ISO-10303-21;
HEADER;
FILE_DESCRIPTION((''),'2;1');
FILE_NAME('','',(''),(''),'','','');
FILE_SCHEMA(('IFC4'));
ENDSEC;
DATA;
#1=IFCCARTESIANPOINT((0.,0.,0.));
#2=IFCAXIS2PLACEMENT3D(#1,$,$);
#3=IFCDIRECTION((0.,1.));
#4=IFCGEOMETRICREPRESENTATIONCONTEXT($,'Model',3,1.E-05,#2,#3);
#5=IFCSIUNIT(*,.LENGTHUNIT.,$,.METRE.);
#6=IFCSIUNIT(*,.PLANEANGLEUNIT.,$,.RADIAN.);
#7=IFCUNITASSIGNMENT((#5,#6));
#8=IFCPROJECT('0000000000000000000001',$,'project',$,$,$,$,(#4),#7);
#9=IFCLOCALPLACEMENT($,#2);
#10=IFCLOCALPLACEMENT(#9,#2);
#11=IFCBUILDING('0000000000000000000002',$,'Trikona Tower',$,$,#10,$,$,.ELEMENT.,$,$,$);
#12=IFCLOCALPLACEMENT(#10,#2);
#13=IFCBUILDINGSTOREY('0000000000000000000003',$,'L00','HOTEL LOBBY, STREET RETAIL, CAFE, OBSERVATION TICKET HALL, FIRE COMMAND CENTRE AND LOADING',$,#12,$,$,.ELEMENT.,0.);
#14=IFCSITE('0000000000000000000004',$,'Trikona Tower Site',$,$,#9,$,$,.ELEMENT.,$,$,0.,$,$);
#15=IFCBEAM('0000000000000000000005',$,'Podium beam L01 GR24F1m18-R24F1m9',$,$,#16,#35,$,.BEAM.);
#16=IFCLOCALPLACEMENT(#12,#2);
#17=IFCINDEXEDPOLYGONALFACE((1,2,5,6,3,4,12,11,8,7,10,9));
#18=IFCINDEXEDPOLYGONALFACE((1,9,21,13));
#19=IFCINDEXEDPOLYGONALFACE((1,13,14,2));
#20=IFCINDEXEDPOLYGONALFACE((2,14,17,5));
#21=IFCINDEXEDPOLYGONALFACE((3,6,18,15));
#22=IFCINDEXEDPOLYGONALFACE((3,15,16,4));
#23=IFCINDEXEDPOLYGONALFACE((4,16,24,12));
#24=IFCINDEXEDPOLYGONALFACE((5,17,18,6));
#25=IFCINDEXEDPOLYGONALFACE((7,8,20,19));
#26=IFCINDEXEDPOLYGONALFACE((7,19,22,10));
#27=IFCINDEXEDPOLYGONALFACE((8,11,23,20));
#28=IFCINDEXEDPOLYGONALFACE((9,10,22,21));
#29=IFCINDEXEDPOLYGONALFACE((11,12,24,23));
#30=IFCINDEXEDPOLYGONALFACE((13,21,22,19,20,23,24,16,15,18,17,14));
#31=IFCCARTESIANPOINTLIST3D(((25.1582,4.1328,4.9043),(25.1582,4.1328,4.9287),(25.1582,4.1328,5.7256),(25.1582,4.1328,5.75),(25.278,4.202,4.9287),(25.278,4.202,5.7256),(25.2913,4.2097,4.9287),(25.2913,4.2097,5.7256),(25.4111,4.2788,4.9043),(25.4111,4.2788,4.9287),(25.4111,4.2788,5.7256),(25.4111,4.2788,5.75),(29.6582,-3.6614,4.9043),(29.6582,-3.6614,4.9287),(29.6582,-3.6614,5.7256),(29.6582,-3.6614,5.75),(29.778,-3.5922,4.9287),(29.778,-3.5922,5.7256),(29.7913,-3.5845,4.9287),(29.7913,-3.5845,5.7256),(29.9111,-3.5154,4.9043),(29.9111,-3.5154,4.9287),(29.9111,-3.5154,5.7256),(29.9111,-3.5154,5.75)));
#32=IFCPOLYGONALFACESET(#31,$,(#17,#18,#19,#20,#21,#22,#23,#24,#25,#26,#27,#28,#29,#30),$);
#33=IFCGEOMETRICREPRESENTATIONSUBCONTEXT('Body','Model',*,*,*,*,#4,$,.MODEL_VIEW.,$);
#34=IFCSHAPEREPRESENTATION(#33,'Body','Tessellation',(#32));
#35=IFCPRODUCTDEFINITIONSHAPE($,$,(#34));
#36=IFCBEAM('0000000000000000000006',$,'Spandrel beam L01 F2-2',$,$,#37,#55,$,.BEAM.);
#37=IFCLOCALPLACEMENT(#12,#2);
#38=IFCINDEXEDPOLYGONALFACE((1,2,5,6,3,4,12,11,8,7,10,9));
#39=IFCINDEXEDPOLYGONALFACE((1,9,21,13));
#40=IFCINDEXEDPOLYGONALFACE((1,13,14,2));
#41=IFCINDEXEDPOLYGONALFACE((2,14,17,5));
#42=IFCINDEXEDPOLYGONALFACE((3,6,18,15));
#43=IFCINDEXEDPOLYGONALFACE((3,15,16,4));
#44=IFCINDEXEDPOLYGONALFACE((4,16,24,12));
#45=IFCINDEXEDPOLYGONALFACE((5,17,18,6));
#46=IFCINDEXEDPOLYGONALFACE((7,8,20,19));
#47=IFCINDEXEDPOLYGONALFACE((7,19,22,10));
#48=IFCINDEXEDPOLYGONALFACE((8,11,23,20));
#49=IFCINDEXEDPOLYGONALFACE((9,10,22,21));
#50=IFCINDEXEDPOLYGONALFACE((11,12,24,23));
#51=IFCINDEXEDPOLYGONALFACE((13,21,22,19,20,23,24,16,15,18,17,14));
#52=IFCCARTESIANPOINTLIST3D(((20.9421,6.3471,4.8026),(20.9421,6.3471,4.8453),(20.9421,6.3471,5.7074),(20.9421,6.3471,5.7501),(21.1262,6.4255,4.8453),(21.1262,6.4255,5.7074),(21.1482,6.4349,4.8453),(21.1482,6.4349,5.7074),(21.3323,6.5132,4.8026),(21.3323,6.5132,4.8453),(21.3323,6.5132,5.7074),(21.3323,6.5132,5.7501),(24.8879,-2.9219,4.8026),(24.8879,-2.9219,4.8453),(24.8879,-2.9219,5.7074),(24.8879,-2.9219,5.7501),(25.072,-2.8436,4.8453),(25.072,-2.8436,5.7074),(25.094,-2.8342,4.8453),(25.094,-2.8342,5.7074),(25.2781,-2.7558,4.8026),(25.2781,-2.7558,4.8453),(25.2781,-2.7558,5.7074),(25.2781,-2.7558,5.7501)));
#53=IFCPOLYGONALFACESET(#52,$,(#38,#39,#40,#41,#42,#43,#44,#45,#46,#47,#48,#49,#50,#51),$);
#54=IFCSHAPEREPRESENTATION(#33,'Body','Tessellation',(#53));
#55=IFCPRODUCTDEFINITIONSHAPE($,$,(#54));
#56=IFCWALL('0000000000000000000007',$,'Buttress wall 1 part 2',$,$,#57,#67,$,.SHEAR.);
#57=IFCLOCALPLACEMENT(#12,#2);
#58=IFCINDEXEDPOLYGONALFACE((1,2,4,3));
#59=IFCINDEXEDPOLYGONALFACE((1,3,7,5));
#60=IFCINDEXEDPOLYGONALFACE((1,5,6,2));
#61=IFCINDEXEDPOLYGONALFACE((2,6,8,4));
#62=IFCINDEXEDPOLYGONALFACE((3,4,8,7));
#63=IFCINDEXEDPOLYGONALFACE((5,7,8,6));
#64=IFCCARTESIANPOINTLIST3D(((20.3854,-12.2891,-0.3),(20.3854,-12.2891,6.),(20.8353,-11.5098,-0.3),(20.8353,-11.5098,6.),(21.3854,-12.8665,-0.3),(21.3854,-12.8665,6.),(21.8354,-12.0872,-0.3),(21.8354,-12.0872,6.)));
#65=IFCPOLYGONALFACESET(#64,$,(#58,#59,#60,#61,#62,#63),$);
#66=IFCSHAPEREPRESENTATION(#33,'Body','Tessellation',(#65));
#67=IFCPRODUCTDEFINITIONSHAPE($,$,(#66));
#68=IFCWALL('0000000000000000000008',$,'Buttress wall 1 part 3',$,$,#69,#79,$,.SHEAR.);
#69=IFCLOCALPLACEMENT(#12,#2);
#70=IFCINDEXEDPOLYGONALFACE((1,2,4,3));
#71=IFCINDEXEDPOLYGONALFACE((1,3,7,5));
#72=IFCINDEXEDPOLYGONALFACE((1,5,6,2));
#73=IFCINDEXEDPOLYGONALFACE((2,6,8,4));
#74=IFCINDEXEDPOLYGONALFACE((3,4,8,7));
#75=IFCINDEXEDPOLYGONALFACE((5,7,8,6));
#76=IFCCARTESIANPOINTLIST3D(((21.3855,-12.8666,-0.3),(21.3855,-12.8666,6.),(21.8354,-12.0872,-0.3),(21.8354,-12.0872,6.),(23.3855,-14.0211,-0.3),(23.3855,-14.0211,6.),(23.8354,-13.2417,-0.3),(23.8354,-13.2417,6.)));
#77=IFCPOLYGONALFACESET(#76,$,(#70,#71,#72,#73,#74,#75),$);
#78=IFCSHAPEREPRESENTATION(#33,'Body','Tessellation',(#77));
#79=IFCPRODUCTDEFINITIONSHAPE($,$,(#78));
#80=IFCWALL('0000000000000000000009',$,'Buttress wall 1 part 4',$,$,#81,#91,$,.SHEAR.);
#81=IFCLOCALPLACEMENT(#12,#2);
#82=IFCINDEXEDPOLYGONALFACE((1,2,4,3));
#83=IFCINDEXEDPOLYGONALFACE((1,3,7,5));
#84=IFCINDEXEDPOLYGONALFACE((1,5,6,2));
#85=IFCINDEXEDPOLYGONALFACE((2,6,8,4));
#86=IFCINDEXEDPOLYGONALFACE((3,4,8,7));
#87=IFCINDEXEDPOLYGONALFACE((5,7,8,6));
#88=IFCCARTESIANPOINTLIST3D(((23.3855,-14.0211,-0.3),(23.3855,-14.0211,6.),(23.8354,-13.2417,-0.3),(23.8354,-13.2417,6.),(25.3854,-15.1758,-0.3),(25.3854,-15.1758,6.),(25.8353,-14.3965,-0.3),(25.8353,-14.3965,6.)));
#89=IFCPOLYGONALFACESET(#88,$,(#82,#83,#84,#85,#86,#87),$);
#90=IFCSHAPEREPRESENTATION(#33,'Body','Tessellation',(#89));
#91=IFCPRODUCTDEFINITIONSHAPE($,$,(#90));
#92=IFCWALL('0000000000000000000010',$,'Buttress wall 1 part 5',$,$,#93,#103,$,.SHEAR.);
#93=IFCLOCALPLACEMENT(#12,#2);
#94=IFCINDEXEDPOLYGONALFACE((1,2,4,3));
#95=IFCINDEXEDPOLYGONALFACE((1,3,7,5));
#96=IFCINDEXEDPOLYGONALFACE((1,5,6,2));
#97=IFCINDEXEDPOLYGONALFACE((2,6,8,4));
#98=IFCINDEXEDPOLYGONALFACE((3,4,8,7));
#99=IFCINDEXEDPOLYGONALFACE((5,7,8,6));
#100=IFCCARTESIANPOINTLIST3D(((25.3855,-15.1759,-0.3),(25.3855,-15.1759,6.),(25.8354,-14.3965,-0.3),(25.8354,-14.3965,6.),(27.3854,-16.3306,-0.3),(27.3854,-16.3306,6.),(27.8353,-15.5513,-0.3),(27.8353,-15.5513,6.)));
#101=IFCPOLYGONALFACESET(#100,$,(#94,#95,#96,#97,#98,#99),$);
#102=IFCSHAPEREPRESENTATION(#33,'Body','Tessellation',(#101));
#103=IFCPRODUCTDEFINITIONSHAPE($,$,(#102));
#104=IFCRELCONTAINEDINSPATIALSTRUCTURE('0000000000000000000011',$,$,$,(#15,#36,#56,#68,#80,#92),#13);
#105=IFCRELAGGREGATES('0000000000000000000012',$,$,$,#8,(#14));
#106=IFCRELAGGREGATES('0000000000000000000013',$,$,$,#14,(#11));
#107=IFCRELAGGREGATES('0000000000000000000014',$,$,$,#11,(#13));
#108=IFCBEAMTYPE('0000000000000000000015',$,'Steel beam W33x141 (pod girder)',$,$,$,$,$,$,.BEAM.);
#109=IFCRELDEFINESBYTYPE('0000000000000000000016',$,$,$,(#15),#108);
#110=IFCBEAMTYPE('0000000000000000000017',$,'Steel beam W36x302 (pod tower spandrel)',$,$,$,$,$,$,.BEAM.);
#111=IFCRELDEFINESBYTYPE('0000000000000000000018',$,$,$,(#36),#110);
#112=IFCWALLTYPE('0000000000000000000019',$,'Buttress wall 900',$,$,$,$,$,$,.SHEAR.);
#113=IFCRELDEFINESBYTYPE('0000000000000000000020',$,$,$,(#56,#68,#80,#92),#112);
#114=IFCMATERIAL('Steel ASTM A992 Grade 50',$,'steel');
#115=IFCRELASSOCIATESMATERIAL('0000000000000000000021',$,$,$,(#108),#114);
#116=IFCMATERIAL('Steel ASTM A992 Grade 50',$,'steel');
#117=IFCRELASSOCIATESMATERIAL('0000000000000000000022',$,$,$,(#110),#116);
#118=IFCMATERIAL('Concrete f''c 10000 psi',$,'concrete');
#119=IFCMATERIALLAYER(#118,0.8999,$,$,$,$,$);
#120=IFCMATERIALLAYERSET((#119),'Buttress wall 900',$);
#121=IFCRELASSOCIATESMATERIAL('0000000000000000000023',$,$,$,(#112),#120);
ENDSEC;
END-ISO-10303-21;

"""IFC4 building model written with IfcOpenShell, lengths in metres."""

from ifc_helpers import new_model, si_unit, direction, frame, frame_2d, origin, origin_2d, place, context, subcontext, project, spatial, rectangle, i_section, extrude, material, layer, layer_set, material_profile, profile_set, type_object, element, save


model = new_model("IFC4")

# Units and contexts
model_context = context("Model", 3, precision=1e-05, world=origin(), true_north=direction((0.0, 1.0)))
body_context = subcontext(model_context, "Body", "Model", "MODEL_VIEW")
ifc_project = project(units=[si_unit("LENGTHUNIT", "METRE"), si_unit("PLANEANGLEUNIT", "RADIAN")], contexts=[model_context])

# Site, building, storey
site_placement = place(None, origin())
site = spatial("IfcSite", under=ifc_project, at=site_placement, Name="Trikona Tower Site", CompositionType="ELEMENT", RefElevation=0.0)
building_placement = place(site_placement, origin())
building = spatial("IfcBuilding", under=site, at=building_placement, Name="Trikona Tower", CompositionType="ELEMENT")
storey_placement = place(building_placement, origin())
storey = spatial("IfcBuildingStorey", under=building, at=storey_placement, Name="L00", Description="HOTEL LOBBY, STREET RETAIL, CAFE, OBSERVATION TICKET HALL, FIRE COMMAND CENTRE AND LOADING", CompositionType="ELEMENT", Elevation=0.0)

# Beams
ifc_material_1 = material(Name="Steel ASTM A992 Grade 50", Category="steel")
ifc_material_profile_1 = material_profile(ifc_material_1, i_section(OverallWidth=0.292, OverallDepth=0.8457, WebThickness=0.0154, FlangeThickness=0.0244, at=origin_2d()), Name="W33X141")
ifc_profile_set_1 = profile_set([ifc_material_profile_1], Name="Steel ASTM A992 Grade 50")
beam_type_1 = type_object("IfcBeamType", Name="Steel beam W33x141 (pod girder)", PredefinedType="BEAM", material=ifc_profile_set_1)
beam_1_placement = place(storey_placement, frame((29.7847, -3.5884, 5.3271), z_axis=(-0.500002, 0.866024, 0.0), x_axis=(-0.866024, -0.500002, 0.0)))
element("IfcBeam", 1, at=beam_1_placement, inside=storey, type_object=beam_type_1, Name="Podium beam L01 GR24F1m18-R24F1m9", PredefinedType="BEAM", context=body_context, shape_type="SweptSolid", body=[
    extrude(i_section(OverallWidth=0.292, OverallDepth=0.8457, WebThickness=0.0154, FlangeThickness=0.0244, at=origin_2d()), origin(), (0.0, 0.0, 1.0), 9.0),
])
ifc_material_2 = material(Name="Steel ASTM A992 Grade 50", Category="steel")
ifc_material_profile_2 = material_profile(ifc_material_2, i_section(OverallWidth=0.4241, OverallDepth=0.9475, WebThickness=0.0239, FlangeThickness=0.0427, at=origin_2d()), Name="W36X302")
ifc_profile_set_2 = profile_set([ifc_material_profile_2], Name="Steel ASTM A992 Grade 50")
beam_type_2 = type_object("IfcBeamType", Name="Steel beam W36x302 (pod tower spandrel)", PredefinedType="BEAM", material=ifc_profile_set_2)
beam_2_placement = place(storey_placement, frame((25.083, -2.8389, 5.2764), z_axis=(-0.391684, 0.9201, 0.0), x_axis=(-0.9201, -0.391684, 0.0)))
element("IfcBeam", 2, at=beam_2_placement, inside=storey, type_object=beam_type_2, Name="Spandrel beam L01 F2-2", PredefinedType="BEAM", context=body_context, shape_type="SweptSolid", body=[
    extrude(i_section(OverallWidth=0.4241, OverallDepth=0.9475, WebThickness=0.0239, FlangeThickness=0.0427, at=origin_2d()), origin(), (0.0, 0.0, 1.0), 10.074),
])

# Walls
ifc_material_3 = material(Name="Concrete f'c 10000 psi", Category="concrete")
ifc_layer_1 = layer(ifc_material_3, 0.8999)
ifc_layer_set_1 = layer_set([ifc_layer_1], Name="Buttress wall 900")
wall_type_1 = type_object("IfcWallType", Name="Buttress wall 900", PredefinedType="SHEAR", material=ifc_layer_set_1)
wall_1_placement = place(storey_placement, frame((20.6104, -11.8994, -0.3), z_axis=(0.0, 0.0, 1.0), x_axis=(0.86601, -0.500027, 0.0)))
element("IfcWall", 3, at=wall_1_placement, inside=storey, type_object=wall_type_1, Name="Buttress wall 1 part 2", PredefinedType="SHEAR", context=body_context, shape_type="SweptSolid", body=[
    extrude(rectangle(XDim=1.1548, YDim=0.8999, at=frame_2d((0.5774, 0.0))), origin(), (0.0, 0.0, 1.0), 6.3),
])
for number, where, z_axis, x_axis, name in (
    (4, (21.6104, -12.4768, -0.3), (0.0, 0.0, 1.0), (0.866055, -0.499948, 0.0), "Buttress wall 1 part 3"),
    (5, (23.6104, -13.6313, -0.3), (0.0, 0.0, 1.0), (0.86601, -0.500027, 0.0), "Buttress wall 1 part 4"),
    (6, (25.6104, -14.7861, -0.3), (0.0, 0.0, 1.0), (0.86601, -0.500027, 0.0), "Buttress wall 1 part 5"),
):
    element("IfcWall", number, at=place(storey_placement, frame(where, z_axis=z_axis, x_axis=x_axis)), inside=storey, type_object=wall_type_1, Name=name, PredefinedType="SHEAR", context=body_context, shape_type="SweptSolid", body=[
        extrude(rectangle(XDim=2.3093, YDim=0.8999, at=frame_2d((1.1548, 0.0))), origin(), (0.0, 0.0, 1.0), 6.3),
    ])

save(model, "model.ifc")
